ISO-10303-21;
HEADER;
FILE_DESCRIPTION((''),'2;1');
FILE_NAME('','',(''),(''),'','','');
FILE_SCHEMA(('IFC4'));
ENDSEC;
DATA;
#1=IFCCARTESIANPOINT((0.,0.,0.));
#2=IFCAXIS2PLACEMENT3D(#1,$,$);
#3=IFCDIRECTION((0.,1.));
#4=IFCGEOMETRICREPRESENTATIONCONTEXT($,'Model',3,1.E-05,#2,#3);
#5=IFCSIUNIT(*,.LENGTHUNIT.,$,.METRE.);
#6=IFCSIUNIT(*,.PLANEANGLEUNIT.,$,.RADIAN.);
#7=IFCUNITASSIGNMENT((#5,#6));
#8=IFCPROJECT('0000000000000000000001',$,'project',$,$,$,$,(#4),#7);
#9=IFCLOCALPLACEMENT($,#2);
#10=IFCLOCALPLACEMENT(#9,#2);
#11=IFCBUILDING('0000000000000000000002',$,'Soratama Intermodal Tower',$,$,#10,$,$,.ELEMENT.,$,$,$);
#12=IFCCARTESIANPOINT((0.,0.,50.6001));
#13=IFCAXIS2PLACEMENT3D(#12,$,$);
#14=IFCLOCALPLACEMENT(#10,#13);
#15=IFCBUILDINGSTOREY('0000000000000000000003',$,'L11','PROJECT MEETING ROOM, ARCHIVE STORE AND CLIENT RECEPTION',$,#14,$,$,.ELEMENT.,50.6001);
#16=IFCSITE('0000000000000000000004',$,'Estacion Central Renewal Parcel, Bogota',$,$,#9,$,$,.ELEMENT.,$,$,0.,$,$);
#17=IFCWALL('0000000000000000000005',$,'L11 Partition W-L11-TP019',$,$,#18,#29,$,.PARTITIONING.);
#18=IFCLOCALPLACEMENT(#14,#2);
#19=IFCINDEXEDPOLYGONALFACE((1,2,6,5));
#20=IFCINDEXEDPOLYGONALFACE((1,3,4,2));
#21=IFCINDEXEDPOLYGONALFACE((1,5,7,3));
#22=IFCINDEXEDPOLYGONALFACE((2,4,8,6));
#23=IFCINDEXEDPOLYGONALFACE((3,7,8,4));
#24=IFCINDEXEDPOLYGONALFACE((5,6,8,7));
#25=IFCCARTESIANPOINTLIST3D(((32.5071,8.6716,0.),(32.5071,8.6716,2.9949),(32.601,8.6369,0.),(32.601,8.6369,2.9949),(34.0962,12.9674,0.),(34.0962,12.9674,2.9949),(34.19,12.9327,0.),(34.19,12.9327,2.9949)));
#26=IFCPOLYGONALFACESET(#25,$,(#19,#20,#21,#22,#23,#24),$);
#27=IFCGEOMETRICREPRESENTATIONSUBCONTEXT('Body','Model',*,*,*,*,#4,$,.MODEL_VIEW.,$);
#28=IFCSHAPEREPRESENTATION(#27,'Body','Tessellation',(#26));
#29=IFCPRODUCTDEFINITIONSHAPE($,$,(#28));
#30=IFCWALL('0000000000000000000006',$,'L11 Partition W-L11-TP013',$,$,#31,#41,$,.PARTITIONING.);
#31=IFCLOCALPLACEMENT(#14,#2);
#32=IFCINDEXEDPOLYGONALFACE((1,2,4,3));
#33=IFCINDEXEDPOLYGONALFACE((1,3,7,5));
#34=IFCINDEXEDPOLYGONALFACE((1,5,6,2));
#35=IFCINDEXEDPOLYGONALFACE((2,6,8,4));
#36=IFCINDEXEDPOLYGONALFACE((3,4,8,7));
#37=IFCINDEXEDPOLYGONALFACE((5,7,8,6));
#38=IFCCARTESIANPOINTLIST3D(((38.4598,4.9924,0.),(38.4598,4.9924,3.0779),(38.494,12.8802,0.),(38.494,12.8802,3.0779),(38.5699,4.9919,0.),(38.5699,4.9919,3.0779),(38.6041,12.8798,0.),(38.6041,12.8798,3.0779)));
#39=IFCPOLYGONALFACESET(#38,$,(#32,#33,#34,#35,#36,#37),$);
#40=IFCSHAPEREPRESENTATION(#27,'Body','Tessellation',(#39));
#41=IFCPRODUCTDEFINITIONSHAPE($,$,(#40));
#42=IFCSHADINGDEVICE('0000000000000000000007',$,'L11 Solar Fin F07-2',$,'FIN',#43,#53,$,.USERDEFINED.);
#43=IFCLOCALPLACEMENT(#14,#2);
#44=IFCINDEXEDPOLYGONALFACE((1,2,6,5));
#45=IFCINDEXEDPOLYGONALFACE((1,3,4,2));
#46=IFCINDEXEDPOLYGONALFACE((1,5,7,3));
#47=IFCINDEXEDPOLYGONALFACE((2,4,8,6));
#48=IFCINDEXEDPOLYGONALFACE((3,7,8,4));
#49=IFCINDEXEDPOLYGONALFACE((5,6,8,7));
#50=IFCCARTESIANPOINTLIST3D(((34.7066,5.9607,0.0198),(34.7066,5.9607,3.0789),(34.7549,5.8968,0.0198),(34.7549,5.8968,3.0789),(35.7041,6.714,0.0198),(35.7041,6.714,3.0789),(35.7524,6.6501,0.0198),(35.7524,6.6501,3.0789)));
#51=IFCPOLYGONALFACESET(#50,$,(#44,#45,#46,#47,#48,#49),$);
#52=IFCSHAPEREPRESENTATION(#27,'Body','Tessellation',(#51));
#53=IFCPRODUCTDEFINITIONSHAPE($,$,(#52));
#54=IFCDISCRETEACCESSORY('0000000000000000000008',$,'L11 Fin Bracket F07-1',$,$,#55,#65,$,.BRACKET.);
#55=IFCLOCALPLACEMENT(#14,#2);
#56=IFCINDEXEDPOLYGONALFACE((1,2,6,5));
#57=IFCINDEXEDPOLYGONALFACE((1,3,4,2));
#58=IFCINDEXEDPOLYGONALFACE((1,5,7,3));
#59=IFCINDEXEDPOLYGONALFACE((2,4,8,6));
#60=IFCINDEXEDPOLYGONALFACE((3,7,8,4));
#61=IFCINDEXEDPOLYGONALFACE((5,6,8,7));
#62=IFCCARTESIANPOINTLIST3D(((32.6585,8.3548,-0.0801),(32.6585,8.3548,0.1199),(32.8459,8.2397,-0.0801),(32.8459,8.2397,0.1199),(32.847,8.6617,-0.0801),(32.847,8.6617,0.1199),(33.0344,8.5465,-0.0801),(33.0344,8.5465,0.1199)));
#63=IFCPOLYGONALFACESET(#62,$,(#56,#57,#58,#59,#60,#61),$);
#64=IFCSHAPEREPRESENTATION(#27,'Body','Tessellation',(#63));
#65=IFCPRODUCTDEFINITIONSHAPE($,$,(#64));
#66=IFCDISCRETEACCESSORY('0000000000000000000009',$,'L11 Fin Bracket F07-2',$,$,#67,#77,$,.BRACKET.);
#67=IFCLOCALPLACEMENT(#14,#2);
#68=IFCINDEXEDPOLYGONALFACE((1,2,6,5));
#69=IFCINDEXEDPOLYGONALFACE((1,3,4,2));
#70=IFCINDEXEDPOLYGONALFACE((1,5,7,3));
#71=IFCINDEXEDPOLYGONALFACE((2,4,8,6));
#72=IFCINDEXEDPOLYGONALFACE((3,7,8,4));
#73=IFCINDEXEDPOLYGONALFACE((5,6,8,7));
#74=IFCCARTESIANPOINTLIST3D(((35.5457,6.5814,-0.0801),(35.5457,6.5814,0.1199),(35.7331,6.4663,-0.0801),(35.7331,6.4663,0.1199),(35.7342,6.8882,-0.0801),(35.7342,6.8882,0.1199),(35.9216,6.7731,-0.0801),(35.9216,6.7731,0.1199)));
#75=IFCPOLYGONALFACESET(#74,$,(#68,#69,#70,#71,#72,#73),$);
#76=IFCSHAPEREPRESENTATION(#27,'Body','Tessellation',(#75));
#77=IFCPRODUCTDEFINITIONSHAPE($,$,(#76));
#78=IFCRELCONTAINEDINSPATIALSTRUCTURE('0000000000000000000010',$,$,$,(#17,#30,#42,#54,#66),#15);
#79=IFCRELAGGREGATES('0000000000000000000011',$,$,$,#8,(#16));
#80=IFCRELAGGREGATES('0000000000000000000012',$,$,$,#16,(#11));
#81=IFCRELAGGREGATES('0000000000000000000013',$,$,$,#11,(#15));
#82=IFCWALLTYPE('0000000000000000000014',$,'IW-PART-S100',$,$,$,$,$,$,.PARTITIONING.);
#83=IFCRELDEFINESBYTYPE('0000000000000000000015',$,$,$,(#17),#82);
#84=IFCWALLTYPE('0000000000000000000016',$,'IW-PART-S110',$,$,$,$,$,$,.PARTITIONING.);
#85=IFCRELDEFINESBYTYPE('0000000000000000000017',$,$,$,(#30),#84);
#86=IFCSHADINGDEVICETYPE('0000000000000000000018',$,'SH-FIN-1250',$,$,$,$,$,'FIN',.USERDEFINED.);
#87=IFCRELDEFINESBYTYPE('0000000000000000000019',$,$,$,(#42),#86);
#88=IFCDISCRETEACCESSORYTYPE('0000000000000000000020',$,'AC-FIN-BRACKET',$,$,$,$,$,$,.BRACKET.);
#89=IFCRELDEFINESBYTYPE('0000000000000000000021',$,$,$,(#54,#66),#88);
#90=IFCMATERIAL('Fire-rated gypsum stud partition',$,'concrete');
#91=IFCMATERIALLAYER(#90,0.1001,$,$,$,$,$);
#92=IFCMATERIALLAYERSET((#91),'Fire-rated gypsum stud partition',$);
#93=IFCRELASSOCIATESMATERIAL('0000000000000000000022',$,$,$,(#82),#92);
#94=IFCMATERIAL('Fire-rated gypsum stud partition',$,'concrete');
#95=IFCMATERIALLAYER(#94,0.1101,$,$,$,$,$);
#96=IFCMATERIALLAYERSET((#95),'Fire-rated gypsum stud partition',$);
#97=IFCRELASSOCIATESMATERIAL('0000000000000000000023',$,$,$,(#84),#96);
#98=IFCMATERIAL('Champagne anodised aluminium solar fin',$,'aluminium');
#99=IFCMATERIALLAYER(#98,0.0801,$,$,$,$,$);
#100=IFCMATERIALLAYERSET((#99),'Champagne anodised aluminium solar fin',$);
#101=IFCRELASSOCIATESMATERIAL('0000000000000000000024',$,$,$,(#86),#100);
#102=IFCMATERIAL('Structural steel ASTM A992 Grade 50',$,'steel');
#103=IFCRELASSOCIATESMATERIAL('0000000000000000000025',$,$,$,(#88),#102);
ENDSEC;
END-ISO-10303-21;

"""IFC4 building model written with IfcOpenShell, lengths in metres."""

from ifc_helpers import new_model, si_unit, direction, frame, frame_2d, origin, origin_2d, place, context, subcontext, project, spatial, rectangle, extrude, material, layer, layer_set, type_object, element, save


model = new_model("IFC4")

# Units and contexts
model_context = context("Model", 3, precision=1e-05, world=origin(), true_north=direction((0.0, 1.0)))
body_context = subcontext(model_context, "Body", "Model", "MODEL_VIEW")
ifc_project = project(units=[si_unit("LENGTHUNIT", "METRE"), si_unit("PLANEANGLEUNIT", "RADIAN")], contexts=[model_context])

# Site, building, storey
site_placement = place(None, origin())
site = spatial("IfcSite", under=ifc_project, at=site_placement, Name="Estacion Central Renewal Parcel, Bogota", CompositionType="ELEMENT", RefElevation=0.0)
building_placement = place(site_placement, origin())
building = spatial("IfcBuilding", under=site, at=building_placement, Name="Soratama Intermodal Tower", CompositionType="ELEMENT")
storey_placement = place(building_placement, frame((0.0, 0.0, 50.6001)))
storey = spatial("IfcBuildingStorey", under=building, at=storey_placement, Name="L11", Description="PROJECT MEETING ROOM, ARCHIVE STORE AND CLIENT RECEPTION", CompositionType="ELEMENT", Elevation=50.6001)

# Walls
ifc_material_1 = material(Name="Fire-rated gypsum stud partition", Category="concrete")
ifc_layer_1 = layer(ifc_material_1, 0.1001)
ifc_layer_set_1 = layer_set([ifc_layer_1], Name="Fire-rated gypsum stud partition")
wall_type_1 = type_object("IfcWallType", Name="IW-PART-S100", PredefinedType="PARTITIONING", material=ifc_layer_set_1)
wall_1_placement = place(storey_placement, frame((34.1431, 12.95, 0.0), z_axis=(0.0, 0.0, 1.0), x_axis=(-0.346938, -0.937888, 0.0)))
element("IfcWall", 1, at=wall_1_placement, inside=storey, type_object=wall_type_1, Name="L11 Partition W-L11-TP019", PredefinedType="PARTITIONING", context=body_context, shape_type="SweptSolid", body=[
    extrude(rectangle(XDim=4.5803, YDim=0.1001, at=frame_2d((2.29, 0.0))), origin(), (0.0, 0.0, 1.0), 2.9949),
])
ifc_material_2 = material(Name="Fire-rated gypsum stud partition", Category="concrete")
ifc_layer_2 = layer(ifc_material_2, 0.1101)
ifc_layer_set_2 = layer_set([ifc_layer_2], Name="Fire-rated gypsum stud partition")
wall_type_2 = type_object("IfcWallType", Name="IW-PART-S110", PredefinedType="PARTITIONING", material=ifc_layer_set_2)
wall_2_placement = place(storey_placement, frame((38.5491, 12.8799, 0.0), z_axis=(0.0, 0.0, 1.0), x_axis=(-0.004333, -0.999991, 0.0)))
element("IfcWall", 2, at=wall_2_placement, inside=storey, type_object=wall_type_2, Name="L11 Partition W-L11-TP013", PredefinedType="PARTITIONING", context=body_context, shape_type="SweptSolid", body=[
    extrude(rectangle(XDim=7.8879, YDim=0.1101, at=frame_2d((3.9438, 0.0))), origin(), (0.0, 0.0, 1.0), 3.0779),
])

# Shading device
ifc_material_3 = material(Name="Champagne anodised aluminium solar fin", Category="aluminium")
ifc_layer_3 = layer(ifc_material_3, 0.0801)
ifc_layer_set_3 = layer_set([ifc_layer_3], Name="Champagne anodised aluminium solar fin")
shading_device_type = type_object("IfcShadingDeviceType", Name="SH-FIN-1250", ElementType="FIN", PredefinedType="USERDEFINED", material=ifc_layer_set_3)
shading_device_placement = place(storey_placement, frame((35.2295, 6.3054, 0.0198), z_axis=(0.0, 0.0, 1.0), x_axis=(-0.798005, -0.602651, 0.0)))
element("IfcShadingDevice", 3, at=shading_device_placement, inside=storey, type_object=shading_device_type, Name="L11 Solar Fin F07-2", ObjectType="FIN", PredefinedType="USERDEFINED", context=body_context, shape_type="SweptSolid", body=[
    extrude(rectangle(XDim=1.25, YDim=0.0801, at=origin_2d()), origin(), (0.0, 0.0, 1.0), 3.0591),
])

# Discrete accessories
ifc_material_4 = material(Name="Structural steel ASTM A992 Grade 50", Category="steel")
discrete_accessory_type = type_object("IfcDiscreteAccessoryType", Name="AC-FIN-BRACKET", PredefinedType="BRACKET", material=ifc_material_4)
for number, where, z_axis, x_axis, name in (
    (4, (32.8464, 8.4507, -0.0801), (0.0, 0.0, 1.0), (-0.523391, -0.852093, 0.0), "L11 Fin Bracket F07-1"),
    (5, (35.7336, 6.6772, -0.0801), (0.0, 0.0, 1.0), (-0.523391, -0.852093, 0.0), "L11 Fin Bracket F07-2"),
):
    element("IfcDiscreteAccessory", number, at=place(storey_placement, frame(where, z_axis=z_axis, x_axis=x_axis)), inside=storey, type_object=discrete_accessory_type, Name=name, PredefinedType="BRACKET", context=body_context, shape_type="SweptSolid", body=[
        extrude(rectangle(XDim=0.3601, YDim=0.22, at=origin_2d()), origin(), (0.0, 0.0, 1.0), 0.2),
    ])

save(model, "model.ifc")
